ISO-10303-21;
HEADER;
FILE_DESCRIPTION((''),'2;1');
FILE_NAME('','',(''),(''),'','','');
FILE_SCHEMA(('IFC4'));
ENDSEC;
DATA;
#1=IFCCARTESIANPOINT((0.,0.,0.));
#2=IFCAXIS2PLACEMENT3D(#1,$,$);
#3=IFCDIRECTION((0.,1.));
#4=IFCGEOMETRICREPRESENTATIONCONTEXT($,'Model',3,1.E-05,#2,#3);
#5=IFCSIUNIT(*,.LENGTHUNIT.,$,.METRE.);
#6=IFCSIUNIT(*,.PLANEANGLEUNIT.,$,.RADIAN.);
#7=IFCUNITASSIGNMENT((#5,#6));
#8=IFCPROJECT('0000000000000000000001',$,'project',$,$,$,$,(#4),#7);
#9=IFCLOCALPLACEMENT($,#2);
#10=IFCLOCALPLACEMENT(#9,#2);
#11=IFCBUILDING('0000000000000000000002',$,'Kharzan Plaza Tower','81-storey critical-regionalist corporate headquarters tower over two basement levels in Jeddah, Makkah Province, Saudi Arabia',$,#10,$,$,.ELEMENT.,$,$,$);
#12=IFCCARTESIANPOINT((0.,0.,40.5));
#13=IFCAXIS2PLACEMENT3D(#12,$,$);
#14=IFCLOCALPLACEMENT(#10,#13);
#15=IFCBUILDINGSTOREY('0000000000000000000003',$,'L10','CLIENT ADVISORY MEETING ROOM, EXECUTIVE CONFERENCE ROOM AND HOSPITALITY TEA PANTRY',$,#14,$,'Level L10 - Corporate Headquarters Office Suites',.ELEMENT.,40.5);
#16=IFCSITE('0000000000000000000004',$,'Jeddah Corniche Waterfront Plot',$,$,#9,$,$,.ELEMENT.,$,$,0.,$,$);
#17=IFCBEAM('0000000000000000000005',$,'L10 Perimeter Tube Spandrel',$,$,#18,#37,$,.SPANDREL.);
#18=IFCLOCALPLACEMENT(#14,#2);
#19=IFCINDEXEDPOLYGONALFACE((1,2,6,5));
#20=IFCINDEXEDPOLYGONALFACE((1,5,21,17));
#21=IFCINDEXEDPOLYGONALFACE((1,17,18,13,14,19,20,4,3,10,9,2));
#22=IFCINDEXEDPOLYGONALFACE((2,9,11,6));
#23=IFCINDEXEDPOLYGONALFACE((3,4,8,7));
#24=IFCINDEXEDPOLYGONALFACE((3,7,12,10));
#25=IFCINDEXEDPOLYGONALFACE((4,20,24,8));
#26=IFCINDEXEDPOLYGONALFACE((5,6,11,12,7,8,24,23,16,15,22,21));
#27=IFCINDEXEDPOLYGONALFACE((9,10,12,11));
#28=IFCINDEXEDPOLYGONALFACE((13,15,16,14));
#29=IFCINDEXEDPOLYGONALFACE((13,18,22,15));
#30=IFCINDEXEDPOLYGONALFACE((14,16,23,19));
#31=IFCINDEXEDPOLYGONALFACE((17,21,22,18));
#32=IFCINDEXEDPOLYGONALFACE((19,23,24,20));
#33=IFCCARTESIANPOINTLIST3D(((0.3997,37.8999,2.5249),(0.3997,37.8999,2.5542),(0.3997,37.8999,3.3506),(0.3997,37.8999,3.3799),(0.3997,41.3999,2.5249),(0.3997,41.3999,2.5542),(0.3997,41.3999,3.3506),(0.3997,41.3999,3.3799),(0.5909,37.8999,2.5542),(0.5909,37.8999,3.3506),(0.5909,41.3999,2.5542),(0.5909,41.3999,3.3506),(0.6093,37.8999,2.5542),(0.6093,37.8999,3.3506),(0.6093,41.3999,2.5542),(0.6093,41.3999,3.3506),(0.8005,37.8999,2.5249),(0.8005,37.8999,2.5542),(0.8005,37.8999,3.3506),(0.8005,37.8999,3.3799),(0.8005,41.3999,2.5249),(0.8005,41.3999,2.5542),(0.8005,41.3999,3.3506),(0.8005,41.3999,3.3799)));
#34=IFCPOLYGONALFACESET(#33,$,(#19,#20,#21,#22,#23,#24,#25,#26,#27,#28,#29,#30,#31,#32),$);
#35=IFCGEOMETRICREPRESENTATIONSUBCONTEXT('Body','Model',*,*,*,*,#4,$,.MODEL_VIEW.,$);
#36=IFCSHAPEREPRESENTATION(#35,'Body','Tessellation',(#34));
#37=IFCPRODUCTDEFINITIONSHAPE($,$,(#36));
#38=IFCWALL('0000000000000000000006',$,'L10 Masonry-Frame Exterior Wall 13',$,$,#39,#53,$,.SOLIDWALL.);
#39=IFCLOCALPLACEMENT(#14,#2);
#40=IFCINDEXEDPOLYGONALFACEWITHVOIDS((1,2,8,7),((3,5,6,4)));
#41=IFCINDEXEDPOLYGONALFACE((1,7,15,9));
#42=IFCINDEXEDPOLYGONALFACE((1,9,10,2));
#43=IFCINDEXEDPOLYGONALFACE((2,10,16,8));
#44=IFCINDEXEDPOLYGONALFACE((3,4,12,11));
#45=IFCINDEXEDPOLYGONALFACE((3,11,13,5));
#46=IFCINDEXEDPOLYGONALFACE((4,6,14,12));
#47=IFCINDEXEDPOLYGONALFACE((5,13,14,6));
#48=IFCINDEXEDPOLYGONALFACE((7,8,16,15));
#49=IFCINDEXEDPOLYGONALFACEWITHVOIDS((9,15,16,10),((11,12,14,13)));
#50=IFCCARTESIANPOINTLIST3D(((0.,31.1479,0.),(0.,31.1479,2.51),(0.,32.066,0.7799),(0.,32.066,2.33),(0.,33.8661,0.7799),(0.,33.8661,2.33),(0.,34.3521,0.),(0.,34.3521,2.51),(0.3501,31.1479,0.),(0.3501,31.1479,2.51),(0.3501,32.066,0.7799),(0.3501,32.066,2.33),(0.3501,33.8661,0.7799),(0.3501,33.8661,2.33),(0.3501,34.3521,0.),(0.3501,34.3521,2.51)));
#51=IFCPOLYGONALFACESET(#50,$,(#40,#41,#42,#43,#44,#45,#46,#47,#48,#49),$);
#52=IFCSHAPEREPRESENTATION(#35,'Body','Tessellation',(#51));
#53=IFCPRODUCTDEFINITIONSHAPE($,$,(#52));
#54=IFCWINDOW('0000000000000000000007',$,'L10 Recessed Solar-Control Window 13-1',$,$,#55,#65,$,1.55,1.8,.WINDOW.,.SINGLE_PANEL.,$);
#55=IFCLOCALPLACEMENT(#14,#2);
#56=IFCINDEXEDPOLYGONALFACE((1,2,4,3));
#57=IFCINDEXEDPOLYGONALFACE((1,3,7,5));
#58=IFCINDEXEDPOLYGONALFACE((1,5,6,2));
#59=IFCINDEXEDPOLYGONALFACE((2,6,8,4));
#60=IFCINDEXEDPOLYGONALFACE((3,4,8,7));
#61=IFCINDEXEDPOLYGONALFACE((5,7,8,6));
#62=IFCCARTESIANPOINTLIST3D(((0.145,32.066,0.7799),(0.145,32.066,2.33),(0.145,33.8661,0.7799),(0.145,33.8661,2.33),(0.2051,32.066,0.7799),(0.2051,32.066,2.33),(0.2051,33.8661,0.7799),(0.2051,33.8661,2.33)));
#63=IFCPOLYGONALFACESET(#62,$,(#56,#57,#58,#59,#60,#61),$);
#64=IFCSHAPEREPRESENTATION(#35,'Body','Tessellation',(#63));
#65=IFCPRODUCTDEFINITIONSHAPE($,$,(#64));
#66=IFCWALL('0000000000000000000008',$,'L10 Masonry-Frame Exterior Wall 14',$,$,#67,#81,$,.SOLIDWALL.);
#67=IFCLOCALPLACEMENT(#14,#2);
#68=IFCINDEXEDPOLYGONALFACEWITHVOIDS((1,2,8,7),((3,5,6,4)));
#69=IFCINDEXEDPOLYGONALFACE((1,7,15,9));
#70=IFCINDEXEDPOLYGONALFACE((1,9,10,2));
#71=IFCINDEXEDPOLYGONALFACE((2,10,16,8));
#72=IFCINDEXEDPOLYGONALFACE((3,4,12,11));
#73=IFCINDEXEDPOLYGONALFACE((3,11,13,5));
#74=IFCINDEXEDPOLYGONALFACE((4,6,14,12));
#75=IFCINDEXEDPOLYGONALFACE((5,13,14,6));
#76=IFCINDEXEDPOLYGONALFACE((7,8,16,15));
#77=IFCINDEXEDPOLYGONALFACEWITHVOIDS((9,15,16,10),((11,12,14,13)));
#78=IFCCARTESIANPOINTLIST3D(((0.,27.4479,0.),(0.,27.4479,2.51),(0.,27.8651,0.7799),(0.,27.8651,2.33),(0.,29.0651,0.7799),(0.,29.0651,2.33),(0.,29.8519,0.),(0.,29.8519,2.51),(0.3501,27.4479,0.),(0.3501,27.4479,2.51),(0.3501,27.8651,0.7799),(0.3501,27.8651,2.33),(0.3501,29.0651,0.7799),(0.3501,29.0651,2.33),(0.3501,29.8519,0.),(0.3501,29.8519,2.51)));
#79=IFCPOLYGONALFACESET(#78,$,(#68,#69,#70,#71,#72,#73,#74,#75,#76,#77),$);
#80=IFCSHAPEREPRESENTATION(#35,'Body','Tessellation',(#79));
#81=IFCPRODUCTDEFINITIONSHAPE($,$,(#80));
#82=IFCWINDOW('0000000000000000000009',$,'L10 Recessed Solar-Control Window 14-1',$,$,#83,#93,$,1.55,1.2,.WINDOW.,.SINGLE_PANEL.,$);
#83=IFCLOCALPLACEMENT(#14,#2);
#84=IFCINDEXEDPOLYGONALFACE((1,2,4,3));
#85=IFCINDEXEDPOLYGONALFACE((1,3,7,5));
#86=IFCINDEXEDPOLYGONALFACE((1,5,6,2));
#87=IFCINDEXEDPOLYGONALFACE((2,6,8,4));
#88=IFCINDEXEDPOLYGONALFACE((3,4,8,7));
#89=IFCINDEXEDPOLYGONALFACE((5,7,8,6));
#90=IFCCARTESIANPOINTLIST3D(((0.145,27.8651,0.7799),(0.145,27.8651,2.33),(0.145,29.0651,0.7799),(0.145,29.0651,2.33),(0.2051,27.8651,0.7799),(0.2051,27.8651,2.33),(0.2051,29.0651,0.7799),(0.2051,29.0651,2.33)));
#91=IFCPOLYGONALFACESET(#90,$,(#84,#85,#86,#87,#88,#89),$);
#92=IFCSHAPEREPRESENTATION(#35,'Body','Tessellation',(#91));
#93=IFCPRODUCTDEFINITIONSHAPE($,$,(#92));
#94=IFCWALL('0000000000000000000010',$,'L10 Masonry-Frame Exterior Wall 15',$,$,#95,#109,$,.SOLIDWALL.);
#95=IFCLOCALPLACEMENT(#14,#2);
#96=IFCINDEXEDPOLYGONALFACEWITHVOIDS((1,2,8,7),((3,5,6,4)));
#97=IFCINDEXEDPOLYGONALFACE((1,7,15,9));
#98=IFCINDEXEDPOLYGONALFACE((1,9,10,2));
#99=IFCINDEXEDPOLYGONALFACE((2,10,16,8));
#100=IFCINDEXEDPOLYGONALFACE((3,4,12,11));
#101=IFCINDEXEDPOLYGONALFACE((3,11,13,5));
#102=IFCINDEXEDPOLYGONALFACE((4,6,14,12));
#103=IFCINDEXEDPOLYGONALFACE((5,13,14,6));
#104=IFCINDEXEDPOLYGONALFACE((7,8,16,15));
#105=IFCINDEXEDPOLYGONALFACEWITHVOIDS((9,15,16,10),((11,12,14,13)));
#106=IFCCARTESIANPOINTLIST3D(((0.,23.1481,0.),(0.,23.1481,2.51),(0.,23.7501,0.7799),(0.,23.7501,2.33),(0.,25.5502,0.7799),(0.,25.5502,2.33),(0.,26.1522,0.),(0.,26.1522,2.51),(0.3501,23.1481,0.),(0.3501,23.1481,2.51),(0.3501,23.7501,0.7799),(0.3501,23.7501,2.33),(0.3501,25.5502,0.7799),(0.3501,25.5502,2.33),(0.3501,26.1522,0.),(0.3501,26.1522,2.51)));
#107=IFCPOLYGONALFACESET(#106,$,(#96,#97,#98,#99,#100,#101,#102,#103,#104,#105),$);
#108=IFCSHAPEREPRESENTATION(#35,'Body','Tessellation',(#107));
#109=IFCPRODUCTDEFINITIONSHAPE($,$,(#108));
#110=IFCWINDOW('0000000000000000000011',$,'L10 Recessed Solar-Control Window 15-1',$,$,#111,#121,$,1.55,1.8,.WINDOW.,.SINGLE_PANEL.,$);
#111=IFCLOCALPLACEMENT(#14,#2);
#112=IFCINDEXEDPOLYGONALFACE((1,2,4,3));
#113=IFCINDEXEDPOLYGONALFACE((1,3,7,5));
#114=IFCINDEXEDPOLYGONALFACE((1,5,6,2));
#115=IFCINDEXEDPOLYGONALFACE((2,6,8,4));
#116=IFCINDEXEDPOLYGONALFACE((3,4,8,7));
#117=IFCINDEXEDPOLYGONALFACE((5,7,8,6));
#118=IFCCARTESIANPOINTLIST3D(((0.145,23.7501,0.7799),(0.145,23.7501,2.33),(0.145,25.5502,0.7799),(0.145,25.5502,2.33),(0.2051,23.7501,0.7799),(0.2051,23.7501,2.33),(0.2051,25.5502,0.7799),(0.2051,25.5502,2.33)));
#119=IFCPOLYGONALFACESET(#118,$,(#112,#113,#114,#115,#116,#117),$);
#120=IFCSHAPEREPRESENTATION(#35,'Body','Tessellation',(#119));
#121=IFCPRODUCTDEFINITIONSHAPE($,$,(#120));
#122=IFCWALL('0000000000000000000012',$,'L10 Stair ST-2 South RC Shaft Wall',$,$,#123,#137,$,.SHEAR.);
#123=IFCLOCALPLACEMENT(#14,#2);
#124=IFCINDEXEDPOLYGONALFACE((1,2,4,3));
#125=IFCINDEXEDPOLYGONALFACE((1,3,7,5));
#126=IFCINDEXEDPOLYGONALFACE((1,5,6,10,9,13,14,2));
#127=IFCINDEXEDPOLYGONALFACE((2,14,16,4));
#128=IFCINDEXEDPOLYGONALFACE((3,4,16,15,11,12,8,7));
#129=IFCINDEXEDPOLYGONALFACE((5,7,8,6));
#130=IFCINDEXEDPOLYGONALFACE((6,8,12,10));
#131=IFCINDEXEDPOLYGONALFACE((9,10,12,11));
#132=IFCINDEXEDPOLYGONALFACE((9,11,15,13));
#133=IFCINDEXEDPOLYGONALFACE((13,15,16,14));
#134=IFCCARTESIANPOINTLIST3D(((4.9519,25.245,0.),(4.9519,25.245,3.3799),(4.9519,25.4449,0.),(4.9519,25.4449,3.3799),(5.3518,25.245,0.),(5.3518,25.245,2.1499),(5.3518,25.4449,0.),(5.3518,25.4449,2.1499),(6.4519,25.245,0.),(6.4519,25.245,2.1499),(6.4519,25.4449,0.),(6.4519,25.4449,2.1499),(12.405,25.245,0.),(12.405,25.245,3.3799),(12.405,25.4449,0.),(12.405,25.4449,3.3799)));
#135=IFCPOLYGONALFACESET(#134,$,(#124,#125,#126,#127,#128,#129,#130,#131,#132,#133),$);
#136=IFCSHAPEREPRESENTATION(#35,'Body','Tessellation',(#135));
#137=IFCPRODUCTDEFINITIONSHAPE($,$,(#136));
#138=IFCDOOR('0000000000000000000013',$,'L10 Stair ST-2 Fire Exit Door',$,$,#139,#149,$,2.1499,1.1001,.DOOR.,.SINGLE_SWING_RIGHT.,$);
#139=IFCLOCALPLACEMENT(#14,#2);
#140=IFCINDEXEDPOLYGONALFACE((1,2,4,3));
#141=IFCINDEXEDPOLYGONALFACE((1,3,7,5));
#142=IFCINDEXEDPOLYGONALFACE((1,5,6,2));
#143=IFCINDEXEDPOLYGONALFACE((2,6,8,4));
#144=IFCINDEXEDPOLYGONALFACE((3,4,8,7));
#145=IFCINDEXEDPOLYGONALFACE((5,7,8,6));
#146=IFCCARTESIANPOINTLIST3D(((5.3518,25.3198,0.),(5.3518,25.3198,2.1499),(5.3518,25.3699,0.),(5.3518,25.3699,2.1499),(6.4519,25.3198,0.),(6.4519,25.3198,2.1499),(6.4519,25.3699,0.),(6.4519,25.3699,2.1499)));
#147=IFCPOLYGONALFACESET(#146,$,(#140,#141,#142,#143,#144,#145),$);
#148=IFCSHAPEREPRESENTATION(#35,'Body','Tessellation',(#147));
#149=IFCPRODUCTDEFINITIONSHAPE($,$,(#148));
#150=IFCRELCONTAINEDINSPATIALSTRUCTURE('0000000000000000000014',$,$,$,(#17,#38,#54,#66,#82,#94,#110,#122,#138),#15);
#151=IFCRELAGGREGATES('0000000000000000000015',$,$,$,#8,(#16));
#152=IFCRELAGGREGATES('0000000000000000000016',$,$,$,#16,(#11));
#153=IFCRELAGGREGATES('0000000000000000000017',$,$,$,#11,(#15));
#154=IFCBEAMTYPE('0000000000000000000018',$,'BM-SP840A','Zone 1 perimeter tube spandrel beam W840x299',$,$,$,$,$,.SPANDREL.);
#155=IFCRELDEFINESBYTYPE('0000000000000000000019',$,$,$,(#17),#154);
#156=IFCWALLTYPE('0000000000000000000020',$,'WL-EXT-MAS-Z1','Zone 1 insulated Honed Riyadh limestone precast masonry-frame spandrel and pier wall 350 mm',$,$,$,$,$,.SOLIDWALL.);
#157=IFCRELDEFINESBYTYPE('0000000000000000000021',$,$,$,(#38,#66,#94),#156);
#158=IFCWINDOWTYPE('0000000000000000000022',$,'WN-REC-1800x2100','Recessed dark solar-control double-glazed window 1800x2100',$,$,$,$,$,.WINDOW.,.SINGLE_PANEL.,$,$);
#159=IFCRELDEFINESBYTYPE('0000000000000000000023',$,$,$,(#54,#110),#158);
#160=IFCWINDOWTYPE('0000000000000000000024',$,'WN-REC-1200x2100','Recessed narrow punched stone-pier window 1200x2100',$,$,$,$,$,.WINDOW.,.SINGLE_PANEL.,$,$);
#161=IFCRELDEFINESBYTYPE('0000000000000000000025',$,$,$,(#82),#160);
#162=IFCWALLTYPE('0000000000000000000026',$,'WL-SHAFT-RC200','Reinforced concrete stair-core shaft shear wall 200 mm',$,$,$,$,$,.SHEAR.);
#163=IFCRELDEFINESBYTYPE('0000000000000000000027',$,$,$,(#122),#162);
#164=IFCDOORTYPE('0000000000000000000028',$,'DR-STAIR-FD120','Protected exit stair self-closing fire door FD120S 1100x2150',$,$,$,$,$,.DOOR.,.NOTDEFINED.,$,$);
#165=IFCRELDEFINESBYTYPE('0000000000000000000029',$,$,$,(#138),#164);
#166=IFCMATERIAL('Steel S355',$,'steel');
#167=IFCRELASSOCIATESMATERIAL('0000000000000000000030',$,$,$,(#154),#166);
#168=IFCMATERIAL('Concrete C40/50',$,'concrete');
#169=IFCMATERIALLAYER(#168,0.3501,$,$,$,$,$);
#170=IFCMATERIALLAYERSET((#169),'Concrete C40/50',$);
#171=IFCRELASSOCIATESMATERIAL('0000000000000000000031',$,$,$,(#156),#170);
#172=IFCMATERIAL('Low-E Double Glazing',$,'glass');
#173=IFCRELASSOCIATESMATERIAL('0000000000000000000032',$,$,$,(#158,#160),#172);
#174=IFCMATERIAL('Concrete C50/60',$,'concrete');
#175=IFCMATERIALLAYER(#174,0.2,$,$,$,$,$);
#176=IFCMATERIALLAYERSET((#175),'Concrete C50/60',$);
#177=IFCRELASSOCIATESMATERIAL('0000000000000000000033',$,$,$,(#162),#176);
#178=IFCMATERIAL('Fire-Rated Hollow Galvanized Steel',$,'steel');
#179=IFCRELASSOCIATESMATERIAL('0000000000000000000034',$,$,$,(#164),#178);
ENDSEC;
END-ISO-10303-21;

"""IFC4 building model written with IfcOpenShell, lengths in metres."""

from ifc_helpers import new_model, si_unit, direction, frame, frame_2d, origin, origin_2d, place, context, subcontext, project, spatial, rectangle, i_section, extrude, source, transform, mapped, material, layer, layer_set, material_profile, profile_set, type_object, element, fill, save


model = new_model("IFC4")

# Units and contexts
model_context = context("Model", 3, precision=1e-05, world=origin(), true_north=direction((0.0, 1.0)))
body_context = subcontext(model_context, "Body", "Model", "MODEL_VIEW")
ifc_project = project(units=[si_unit("LENGTHUNIT", "METRE"), si_unit("PLANEANGLEUNIT", "RADIAN")], contexts=[model_context])

# Site, building, storey
site_placement = place(None, origin())
site = spatial("IfcSite", under=ifc_project, at=site_placement, Name="Jeddah Corniche Waterfront Plot", CompositionType="ELEMENT", RefElevation=0.0)
building_placement = place(site_placement, origin())
building = spatial("IfcBuilding", under=site, at=building_placement, Name="Kharzan Plaza Tower", Description="81-storey critical-regionalist corporate headquarters tower over two basement levels in Jeddah, Makkah Province, Saudi Arabia", CompositionType="ELEMENT")
storey_placement = place(building_placement, frame((0.0, 0.0, 40.5)))
storey = spatial("IfcBuildingStorey", under=building, at=storey_placement, Name="L10", Description="CLIENT ADVISORY MEETING ROOM, EXECUTIVE CONFERENCE ROOM AND HOSPITALITY TEA PANTRY", LongName="Level L10 - Corporate Headquarters Office Suites", CompositionType="ELEMENT", Elevation=40.5)

# Beam
ifc_material_1 = material(Name="Steel S355", Category="steel")
ifc_material_profile_1 = material_profile(ifc_material_1, i_section(OverallWidth=0.4009, OverallDepth=0.855, WebThickness=0.0183, FlangeThickness=0.0293, at=origin_2d()), Name="W840x299")
ifc_profile_set_1 = profile_set([ifc_material_profile_1], Name="Steel S355")
beam_type_1 = type_object("IfcBeamType", Name="BM-SP840A", Description="Zone 1 perimeter tube spandrel beam W840x299", PredefinedType="SPANDREL", material=ifc_profile_set_1)
shared_shape_1 = source(origin(), body_context, "Body", "SweptSolid", [
    extrude(i_section(OverallWidth=0.4009, OverallDepth=0.855, WebThickness=0.0183, FlangeThickness=0.0293, at=origin_2d()), origin(), (0.0, 0.0, 1.0), 3.5),
])
beam_1_placement = place(storey_placement, frame((0.6001, 37.8999, 2.9524), z_axis=(0.0, 1.0, 0.0), x_axis=(-1.0, 0.0, 0.0)))
element("IfcBeam", 1, at=beam_1_placement, inside=storey, type_object=beam_type_1, Name="L10 Perimeter Tube Spandrel", PredefinedType="SPANDREL", context=body_context, shape_type="MappedRepresentation", body=[
    mapped(shared_shape_1, transform((0.0, 0.0, 0.0), x_axis=(1.0, 0.0, 0.0), y_axis=(0.0, 1.0, 0.0), z_axis=(0.0, 0.0, 1.0))),
])

# Walls, openings, windows
ifc_material_2 = material(Name="Concrete C40/50", Category="concrete")
ifc_layer_1 = layer(ifc_material_2, 0.3501)
ifc_layer_set_1 = layer_set([ifc_layer_1], Name="Concrete C40/50")
wall_type_1 = type_object("IfcWallType", Name="WL-EXT-MAS-Z1", Description="Zone 1 insulated Honed Riyadh limestone precast masonry-frame spandrel and pier wall 350 mm", PredefinedType="SOLIDWALL", material=ifc_layer_set_1)
wall_1_placement = place(storey_placement, frame((0.175, 34.3521, 0.0), z_axis=(0.0, 0.0, 1.0), x_axis=(0.0, -1.0, 0.0)))
wall_1 = element("IfcWall", 2, at=wall_1_placement, inside=storey, type_object=wall_type_1, Name="L10 Masonry-Frame Exterior Wall 13", PredefinedType="SOLIDWALL", context=body_context, shape_type="SweptSolid", body=[
    extrude(rectangle(XDim=3.2041, YDim=0.3501, at=frame_2d((1.6021, 0.0))), origin(), (0.0, 0.0, 1.0), 2.51),
])
opening_1_placement = place(wall_1_placement, frame((0.4861, 0.0, 0.78)))
opening_1 = element("IfcOpeningElement", 3, at=opening_1_placement, cuts=wall_1, PredefinedType="OPENING", context=body_context, shape_type="SweptSolid", body=[
    extrude(rectangle(XDim=1.8, YDim=1.55, at=frame_2d((0.8999, 0.7749))), frame((0.0, 0.1851, 0.0), z_axis=(0.0, -1.0, 0.0), x_axis=(1.0, 0.0, 0.0)), (0.0, 0.0, 1.0), 0.3701),
])
ifc_material_3 = material(Name="Low-E Double Glazing", Category="glass")
window_type_1 = type_object("IfcWindowType", Name="WN-REC-1800x2100", Description="Recessed dark solar-control double-glazed window 1800x2100", PartitioningType="SINGLE_PANEL", PredefinedType="WINDOW", material=ifc_material_3)
shared_shape_2 = source(origin(), body_context, "Body", "SweptSolid", [
    extrude(rectangle(XDim=1.8, YDim=1.55, at=frame_2d((0.8999, 0.7749))), frame((0.0, 0.03, 0.0), z_axis=(0.0, -1.0, 0.0), x_axis=(1.0, 0.0, 0.0)), (0.0, 0.0, 1.0), 0.0601),
])
window_1_placement = place(opening_1_placement, origin())
window_1 = element("IfcWindow", 4, at=window_1_placement, inside=storey, type_object=window_type_1, Name="L10 Recessed Solar-Control Window 13-1", OverallHeight=1.55, OverallWidth=1.8, PartitioningType="SINGLE_PANEL", PredefinedType="WINDOW", context=body_context, shape_type="MappedRepresentation", body=[
    mapped(shared_shape_2, transform((0.0, 0.0, 0.0), x_axis=(1.0, 0.0, 0.0), y_axis=(0.0, 1.0, 0.0), z_axis=(0.0, 0.0, 1.0))),
])
fill(opening_1, window_1)
wall_2_placement = place(storey_placement, frame((0.175, 29.8521, 0.0), z_axis=(0.0, 0.0, 1.0), x_axis=(0.0, -1.0, 0.0)))
wall_2 = element("IfcWall", 5, at=wall_2_placement, inside=storey, type_object=wall_type_1, Name="L10 Masonry-Frame Exterior Wall 14", PredefinedType="SOLIDWALL", context=body_context, shape_type="SweptSolid", body=[
    extrude(rectangle(XDim=2.4041, YDim=0.3501, at=frame_2d((1.2021, 0.0))), origin(), (0.0, 0.0, 1.0), 2.51),
])
opening_2_placement = place(wall_2_placement, frame((0.7869, 0.0, 0.78)))
opening_2 = element("IfcOpeningElement", 6, at=opening_2_placement, cuts=wall_2, PredefinedType="OPENING", context=body_context, shape_type="SweptSolid", body=[
    extrude(rectangle(XDim=1.2, YDim=1.55, at=frame_2d((0.6001, 0.7749))), frame((0.0, 0.1851, 0.0), z_axis=(0.0, -1.0, 0.0), x_axis=(1.0, 0.0, 0.0)), (0.0, 0.0, 1.0), 0.3701),
])
window_type_2 = type_object("IfcWindowType", Name="WN-REC-1200x2100", Description="Recessed narrow punched stone-pier window 1200x2100", PartitioningType="SINGLE_PANEL", PredefinedType="WINDOW", material=ifc_material_3)
shared_shape_3 = source(origin(), body_context, "Body", "SweptSolid", [
    extrude(rectangle(XDim=1.2, YDim=1.55, at=frame_2d((0.6001, 0.7749))), frame((0.0, 0.03, 0.0), z_axis=(0.0, -1.0, 0.0), x_axis=(1.0, 0.0, 0.0)), (0.0, 0.0, 1.0), 0.0601),
])
window_2_placement = place(opening_2_placement, origin())
window_2 = element("IfcWindow", 7, at=window_2_placement, inside=storey, type_object=window_type_2, Name="L10 Recessed Solar-Control Window 14-1", OverallHeight=1.55, OverallWidth=1.2, PartitioningType="SINGLE_PANEL", PredefinedType="WINDOW", context=body_context, shape_type="MappedRepresentation", body=[
    mapped(shared_shape_3, transform((0.0, 0.0, 0.0), x_axis=(1.0, 0.0, 0.0), y_axis=(0.0, 1.0, 0.0), z_axis=(0.0, 0.0, 1.0))),
])
fill(opening_2, window_2)
wall_3_placement = place(storey_placement, frame((0.175, 26.1521, 0.0), z_axis=(0.0, 0.0, 1.0), x_axis=(0.0, -1.0, 0.0)))
wall_3 = element("IfcWall", 8, at=wall_3_placement, inside=storey, type_object=wall_type_1, Name="L10 Masonry-Frame Exterior Wall 15", PredefinedType="SOLIDWALL", context=body_context, shape_type="SweptSolid", body=[
    extrude(rectangle(XDim=3.0042, YDim=0.3501, at=frame_2d((1.502, 0.0))), origin(), (0.0, 0.0, 1.0), 2.51),
])
opening_3_placement = place(wall_3_placement, frame((0.6021, 0.0, 0.78)))
opening_3 = element("IfcOpeningElement", 9, at=opening_3_placement, cuts=wall_3, PredefinedType="OPENING", context=body_context, shape_type="SweptSolid", body=[
    extrude(rectangle(XDim=1.8, YDim=1.55, at=frame_2d((0.8999, 0.7749))), frame((0.0, 0.1851, 0.0), z_axis=(0.0, -1.0, 0.0), x_axis=(1.0, 0.0, 0.0)), (0.0, 0.0, 1.0), 0.3701),
])
window_3_placement = place(opening_3_placement, origin())
window_3 = element("IfcWindow", 10, at=window_3_placement, inside=storey, type_object=window_type_1, Name="L10 Recessed Solar-Control Window 15-1", OverallHeight=1.55, OverallWidth=1.8, PartitioningType="SINGLE_PANEL", PredefinedType="WINDOW", context=body_context, shape_type="MappedRepresentation", body=[
    mapped(shared_shape_2, transform((0.0, 0.0, 0.0), x_axis=(1.0, 0.0, 0.0), y_axis=(0.0, 1.0, 0.0), z_axis=(0.0, 0.0, 1.0))),
])
fill(opening_3, window_3)

# Wall, opening, door
ifc_material_4 = material(Name="Concrete C50/60", Category="concrete")
ifc_layer_2 = layer(ifc_material_4, 0.2)
ifc_layer_set_2 = layer_set([ifc_layer_2], Name="Concrete C50/60")
wall_type_2 = type_object("IfcWallType", Name="WL-SHAFT-RC200", Description="Reinforced concrete stair-core shaft shear wall 200 mm", PredefinedType="SHEAR", material=ifc_layer_set_2)
wall_4_placement = place(storey_placement, frame((4.9519, 25.345, 0.0), z_axis=(0.0, 0.0, 1.0), x_axis=(1.0, 0.0, 0.0)))
wall_4 = element("IfcWall", 11, at=wall_4_placement, inside=storey, type_object=wall_type_2, Name="L10 Stair ST-2 South RC Shaft Wall", PredefinedType="SHEAR", context=body_context, shape_type="SweptSolid", body=[
    extrude(rectangle(XDim=7.4531, YDim=0.2, at=frame_2d((3.7266, 0.0))), origin(), (0.0, 0.0, 1.0), 3.3799),
])
opening_4_placement = place(wall_4_placement, frame((0.3999, 0.0, 0.0)))
opening_4 = element("IfcOpeningElement", 12, at=opening_4_placement, cuts=wall_4, PredefinedType="OPENING", context=body_context, shape_type="SweptSolid", body=[
    extrude(rectangle(XDim=1.1001, YDim=2.1499, at=frame_2d((0.55, 1.075))), frame((0.0, 0.1099, 0.0), z_axis=(0.0, -1.0, 0.0), x_axis=(1.0, 0.0, 0.0)), (0.0, 0.0, 1.0), 0.22),
])
ifc_material_5 = material(Name="Fire-Rated Hollow Galvanized Steel", Category="steel")
door_type = type_object("IfcDoorType", Name="DR-STAIR-FD120", Description="Protected exit stair self-closing fire door FD120S 1100x2150", OperationType="NOTDEFINED", PredefinedType="DOOR", material=ifc_material_5)
shared_shape_4 = source(origin(), body_context, "Body", "SweptSolid", [
    extrude(rectangle(XDim=1.1001, YDim=2.1499, at=frame_2d((0.55, 1.075))), frame((0.0, 0.0249, 0.0), z_axis=(0.0, -1.0, 0.0), x_axis=(1.0, 0.0, 0.0)), (0.0, 0.0, 1.0), 0.05),
])
door_placement = place(opening_4_placement, origin())
door = element("IfcDoor", 13, at=door_placement, inside=storey, type_object=door_type, Name="L10 Stair ST-2 Fire Exit Door", OperationType="SINGLE_SWING_RIGHT", OverallHeight=2.1499, OverallWidth=1.1001, PredefinedType="DOOR", context=body_context, shape_type="MappedRepresentation", body=[
    mapped(shared_shape_4, transform((0.0, 0.0, 0.0), x_axis=(1.0, 0.0, 0.0), y_axis=(0.0, 1.0, 0.0), z_axis=(0.0, 0.0, 1.0))),
])
fill(opening_4, door)

save(model, "model.ifc")
